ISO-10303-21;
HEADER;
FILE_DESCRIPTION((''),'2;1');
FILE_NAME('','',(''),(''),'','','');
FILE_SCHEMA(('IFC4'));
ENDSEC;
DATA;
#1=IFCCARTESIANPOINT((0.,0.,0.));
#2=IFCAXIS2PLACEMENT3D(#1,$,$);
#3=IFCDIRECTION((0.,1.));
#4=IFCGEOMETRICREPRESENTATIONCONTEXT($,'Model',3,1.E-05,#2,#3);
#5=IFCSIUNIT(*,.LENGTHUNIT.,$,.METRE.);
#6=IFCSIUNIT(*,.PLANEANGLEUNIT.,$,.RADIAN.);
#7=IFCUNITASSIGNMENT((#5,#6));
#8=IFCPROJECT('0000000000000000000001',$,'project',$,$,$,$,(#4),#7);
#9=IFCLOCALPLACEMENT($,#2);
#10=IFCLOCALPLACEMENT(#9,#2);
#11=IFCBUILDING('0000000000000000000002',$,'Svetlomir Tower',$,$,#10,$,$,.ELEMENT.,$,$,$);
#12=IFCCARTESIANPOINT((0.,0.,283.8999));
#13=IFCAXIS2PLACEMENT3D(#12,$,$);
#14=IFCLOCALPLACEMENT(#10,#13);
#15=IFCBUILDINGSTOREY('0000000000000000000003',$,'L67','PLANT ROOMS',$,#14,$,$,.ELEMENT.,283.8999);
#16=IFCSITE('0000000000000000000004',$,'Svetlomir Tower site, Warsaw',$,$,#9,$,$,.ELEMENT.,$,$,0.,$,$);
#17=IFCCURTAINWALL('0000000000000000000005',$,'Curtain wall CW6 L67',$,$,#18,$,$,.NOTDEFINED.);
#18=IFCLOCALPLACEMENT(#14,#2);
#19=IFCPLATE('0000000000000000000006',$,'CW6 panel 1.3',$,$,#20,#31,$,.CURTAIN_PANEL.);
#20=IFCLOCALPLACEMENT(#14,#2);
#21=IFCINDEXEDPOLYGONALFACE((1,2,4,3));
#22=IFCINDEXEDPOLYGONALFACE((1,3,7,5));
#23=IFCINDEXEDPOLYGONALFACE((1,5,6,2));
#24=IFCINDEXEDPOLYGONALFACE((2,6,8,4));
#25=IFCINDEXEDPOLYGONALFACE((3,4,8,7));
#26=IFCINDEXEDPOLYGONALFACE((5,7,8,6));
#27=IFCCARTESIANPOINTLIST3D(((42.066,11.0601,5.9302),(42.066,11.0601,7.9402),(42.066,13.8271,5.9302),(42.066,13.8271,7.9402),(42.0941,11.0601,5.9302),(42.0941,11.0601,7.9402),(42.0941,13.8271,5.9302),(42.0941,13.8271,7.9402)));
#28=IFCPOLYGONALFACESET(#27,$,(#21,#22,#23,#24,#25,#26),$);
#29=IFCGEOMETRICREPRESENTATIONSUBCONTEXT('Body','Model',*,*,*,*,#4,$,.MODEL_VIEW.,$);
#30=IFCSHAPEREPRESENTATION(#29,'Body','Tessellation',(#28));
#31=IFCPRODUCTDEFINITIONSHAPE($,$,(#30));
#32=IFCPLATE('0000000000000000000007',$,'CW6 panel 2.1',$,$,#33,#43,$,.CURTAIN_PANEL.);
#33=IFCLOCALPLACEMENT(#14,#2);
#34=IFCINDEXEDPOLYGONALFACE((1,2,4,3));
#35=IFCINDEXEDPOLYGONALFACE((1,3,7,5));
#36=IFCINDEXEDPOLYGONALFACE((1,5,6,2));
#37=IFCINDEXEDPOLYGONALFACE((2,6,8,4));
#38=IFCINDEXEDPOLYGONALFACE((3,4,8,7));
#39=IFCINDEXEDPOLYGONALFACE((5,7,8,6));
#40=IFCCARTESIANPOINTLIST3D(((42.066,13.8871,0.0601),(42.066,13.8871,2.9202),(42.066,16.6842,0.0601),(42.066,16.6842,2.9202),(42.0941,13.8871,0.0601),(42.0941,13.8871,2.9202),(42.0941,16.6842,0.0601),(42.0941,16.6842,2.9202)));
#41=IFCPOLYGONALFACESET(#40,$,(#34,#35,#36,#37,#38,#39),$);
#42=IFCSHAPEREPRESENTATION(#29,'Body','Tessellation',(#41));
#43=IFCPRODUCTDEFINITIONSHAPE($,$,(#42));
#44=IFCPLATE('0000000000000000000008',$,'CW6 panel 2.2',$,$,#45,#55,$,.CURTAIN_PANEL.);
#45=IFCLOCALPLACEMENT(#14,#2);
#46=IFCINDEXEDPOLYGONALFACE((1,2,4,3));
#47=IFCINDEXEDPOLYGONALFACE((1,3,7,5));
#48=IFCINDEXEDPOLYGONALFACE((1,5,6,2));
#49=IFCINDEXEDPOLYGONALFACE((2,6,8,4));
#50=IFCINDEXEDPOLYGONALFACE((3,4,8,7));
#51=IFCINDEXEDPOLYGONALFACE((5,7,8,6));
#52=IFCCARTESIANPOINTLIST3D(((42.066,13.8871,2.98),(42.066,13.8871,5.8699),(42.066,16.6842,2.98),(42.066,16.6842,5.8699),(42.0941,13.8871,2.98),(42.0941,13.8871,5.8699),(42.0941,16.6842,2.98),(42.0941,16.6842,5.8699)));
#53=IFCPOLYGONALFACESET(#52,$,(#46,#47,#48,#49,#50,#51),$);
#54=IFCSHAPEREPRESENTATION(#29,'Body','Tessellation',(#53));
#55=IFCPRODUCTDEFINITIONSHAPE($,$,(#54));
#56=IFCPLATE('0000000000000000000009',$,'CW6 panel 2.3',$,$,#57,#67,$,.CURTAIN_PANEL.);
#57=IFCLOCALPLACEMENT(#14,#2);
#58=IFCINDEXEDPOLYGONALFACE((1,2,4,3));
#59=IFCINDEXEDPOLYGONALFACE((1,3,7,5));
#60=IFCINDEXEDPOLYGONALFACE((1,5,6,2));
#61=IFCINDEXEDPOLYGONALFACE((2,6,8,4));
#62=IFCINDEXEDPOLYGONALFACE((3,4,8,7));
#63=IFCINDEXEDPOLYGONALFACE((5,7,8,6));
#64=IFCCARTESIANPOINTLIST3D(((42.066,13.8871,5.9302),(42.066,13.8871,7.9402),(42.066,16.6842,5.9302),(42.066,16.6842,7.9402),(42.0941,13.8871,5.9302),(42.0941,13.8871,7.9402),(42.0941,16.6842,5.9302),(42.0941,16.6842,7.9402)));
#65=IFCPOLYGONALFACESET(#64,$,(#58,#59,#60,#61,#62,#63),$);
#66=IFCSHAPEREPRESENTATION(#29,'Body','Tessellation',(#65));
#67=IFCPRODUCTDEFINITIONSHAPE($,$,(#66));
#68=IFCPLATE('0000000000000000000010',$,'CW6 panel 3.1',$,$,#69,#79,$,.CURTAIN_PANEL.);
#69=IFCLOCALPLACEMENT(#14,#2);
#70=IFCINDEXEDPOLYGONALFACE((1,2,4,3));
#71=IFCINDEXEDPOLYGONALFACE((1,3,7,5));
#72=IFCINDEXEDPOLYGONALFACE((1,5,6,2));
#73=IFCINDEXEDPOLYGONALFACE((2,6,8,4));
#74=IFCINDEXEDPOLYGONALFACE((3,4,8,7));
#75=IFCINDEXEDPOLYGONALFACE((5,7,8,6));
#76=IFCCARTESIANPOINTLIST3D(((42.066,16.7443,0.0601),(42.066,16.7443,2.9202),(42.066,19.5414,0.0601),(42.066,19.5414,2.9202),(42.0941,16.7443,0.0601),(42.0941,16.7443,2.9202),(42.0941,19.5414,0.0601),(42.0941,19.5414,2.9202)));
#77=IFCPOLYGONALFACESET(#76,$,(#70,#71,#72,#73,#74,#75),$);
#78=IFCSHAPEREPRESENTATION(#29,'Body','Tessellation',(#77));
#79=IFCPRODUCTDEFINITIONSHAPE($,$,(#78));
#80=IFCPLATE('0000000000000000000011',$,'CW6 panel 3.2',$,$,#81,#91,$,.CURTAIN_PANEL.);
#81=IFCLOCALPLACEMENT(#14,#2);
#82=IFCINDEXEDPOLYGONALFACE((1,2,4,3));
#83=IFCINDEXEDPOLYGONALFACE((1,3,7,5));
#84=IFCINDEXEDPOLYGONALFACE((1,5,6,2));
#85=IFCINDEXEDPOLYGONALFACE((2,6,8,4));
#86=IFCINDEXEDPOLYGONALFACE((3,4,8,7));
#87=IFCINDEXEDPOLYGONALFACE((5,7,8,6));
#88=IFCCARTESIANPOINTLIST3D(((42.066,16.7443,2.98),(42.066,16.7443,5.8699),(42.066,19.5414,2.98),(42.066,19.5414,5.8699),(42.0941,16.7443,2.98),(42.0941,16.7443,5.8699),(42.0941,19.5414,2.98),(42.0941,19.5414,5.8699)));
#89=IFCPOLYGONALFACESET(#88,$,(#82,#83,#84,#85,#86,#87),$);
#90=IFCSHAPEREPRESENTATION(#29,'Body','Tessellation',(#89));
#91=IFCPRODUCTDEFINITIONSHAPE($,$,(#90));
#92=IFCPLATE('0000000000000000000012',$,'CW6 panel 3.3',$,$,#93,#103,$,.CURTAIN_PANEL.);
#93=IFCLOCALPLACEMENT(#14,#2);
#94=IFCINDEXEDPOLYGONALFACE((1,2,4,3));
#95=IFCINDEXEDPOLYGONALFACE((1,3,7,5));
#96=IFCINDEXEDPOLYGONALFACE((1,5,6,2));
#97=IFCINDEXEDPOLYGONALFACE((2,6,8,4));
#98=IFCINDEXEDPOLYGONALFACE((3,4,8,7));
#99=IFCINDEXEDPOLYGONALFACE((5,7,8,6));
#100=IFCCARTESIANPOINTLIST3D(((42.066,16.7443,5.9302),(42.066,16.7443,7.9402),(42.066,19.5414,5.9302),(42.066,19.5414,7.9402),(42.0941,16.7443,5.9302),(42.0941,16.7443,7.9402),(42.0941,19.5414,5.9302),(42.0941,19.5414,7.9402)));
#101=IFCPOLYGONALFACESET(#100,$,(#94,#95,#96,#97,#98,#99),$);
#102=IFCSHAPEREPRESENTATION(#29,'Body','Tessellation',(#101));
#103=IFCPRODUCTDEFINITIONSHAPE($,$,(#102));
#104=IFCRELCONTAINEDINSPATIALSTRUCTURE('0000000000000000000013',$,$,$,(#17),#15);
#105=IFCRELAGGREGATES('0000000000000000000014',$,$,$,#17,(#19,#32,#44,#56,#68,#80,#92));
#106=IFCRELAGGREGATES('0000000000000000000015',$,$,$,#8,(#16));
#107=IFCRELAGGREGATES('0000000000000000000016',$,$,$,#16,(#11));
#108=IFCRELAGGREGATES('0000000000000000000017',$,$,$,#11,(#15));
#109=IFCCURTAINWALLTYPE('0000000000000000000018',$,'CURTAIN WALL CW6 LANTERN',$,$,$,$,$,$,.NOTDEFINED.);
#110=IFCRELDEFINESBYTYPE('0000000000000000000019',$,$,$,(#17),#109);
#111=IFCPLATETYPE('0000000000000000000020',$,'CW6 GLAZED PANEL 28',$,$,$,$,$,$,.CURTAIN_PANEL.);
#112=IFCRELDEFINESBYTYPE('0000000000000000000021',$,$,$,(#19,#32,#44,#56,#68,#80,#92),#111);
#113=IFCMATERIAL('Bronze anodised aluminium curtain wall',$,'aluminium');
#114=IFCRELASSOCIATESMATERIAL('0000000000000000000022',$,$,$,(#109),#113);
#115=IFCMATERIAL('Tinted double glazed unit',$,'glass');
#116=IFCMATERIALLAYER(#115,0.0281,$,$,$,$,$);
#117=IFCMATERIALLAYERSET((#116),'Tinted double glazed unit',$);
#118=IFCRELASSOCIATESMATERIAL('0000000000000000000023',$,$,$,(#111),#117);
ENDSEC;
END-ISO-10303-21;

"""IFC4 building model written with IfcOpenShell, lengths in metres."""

from ifc_helpers import new_model, si_unit, direction, frame, origin, origin_2d, place, context, subcontext, project, spatial, rectangle, extrude, material, layer, layer_set, type_object, element, aggregate, save


model = new_model("IFC4")

# Units and contexts
model_context = context("Model", 3, precision=1e-05, world=origin(), true_north=direction((0.0, 1.0)))
body_context = subcontext(model_context, "Body", "Model", "MODEL_VIEW")
ifc_project = project(units=[si_unit("LENGTHUNIT", "METRE"), si_unit("PLANEANGLEUNIT", "RADIAN")], contexts=[model_context])

# Site, building, storey
site_placement = place(None, origin())
site = spatial("IfcSite", under=ifc_project, at=site_placement, Name="Svetlomir Tower site, Warsaw", CompositionType="ELEMENT", RefElevation=0.0)
building_placement = place(site_placement, origin())
building = spatial("IfcBuilding", under=site, at=building_placement, Name="Svetlomir Tower", CompositionType="ELEMENT")
storey_placement = place(building_placement, frame((0.0, 0.0, 283.8999)))
storey = spatial("IfcBuildingStorey", under=building, at=storey_placement, Name="L67", Description="PLANT ROOMS", CompositionType="ELEMENT", Elevation=283.8999)

# Shared definitions
ifc_material_1 = material(Name="Bronze anodised aluminium curtain wall", Category="aluminium")
curtain_wall_type = type_object("IfcCurtainWallType", Name="CURTAIN WALL CW6 LANTERN", PredefinedType="NOTDEFINED", material=ifc_material_1)

# Curtain wall
curtain_wall_1_placement = place(storey_placement, origin())
curtain_wall_1 = element("IfcCurtainWall", 1, at=curtain_wall_1_placement, inside=storey, type_object=curtain_wall_type, Name="Curtain wall CW6 L67", PredefinedType="NOTDEFINED")

# Plates
ifc_material_2 = material(Name="Tinted double glazed unit", Category="glass")
ifc_layer = layer(ifc_material_2, 0.0281)
ifc_layer_set = layer_set([ifc_layer], Name="Tinted double glazed unit")
plate_type = type_object("IfcPlateType", Name="CW6 GLAZED PANEL 28", PredefinedType="CURTAIN_PANEL", material=ifc_layer_set)
plate_1_placement = place(storey_placement, frame((42.0801, 12.4436, 5.9302), z_axis=(0.0, 0.0, 1.0), x_axis=(0.0, 1.0, 0.0)))
plate_1 = element("IfcPlate", 2, at=plate_1_placement, type_object=plate_type, Name="CW6 panel 1.3", PredefinedType="CURTAIN_PANEL", context=body_context, shape_type="SweptSolid", body=[
    extrude(rectangle(XDim=2.7671, YDim=0.0281, at=origin_2d()), origin(), (0.0, 0.0, 1.0), 2.01),
])
plate_2_placement = place(storey_placement, frame((42.0801, 15.2856, 0.0601), z_axis=(0.0, 0.0, 1.0), x_axis=(0.0, 1.0, 0.0)))
plate_2 = element("IfcPlate", 3, at=plate_2_placement, type_object=plate_type, Name="CW6 panel 2.1", PredefinedType="CURTAIN_PANEL", context=body_context, shape_type="SweptSolid", body=[
    extrude(rectangle(XDim=2.7971, YDim=0.0281, at=origin_2d()), origin(), (0.0, 0.0, 1.0), 2.8601),
])
plate_3_placement = place(storey_placement, frame((42.0801, 15.2856, 2.98), z_axis=(0.0, 0.0, 1.0), x_axis=(0.0, 1.0, 0.0)))
plate_3 = element("IfcPlate", 4, at=plate_3_placement, type_object=plate_type, Name="CW6 panel 2.2", PredefinedType="CURTAIN_PANEL", context=body_context, shape_type="SweptSolid", body=[
    extrude(rectangle(XDim=2.7971, YDim=0.0281, at=origin_2d()), origin(), (0.0, 0.0, 1.0), 2.8899),
])
plate_4_placement = place(storey_placement, frame((42.0801, 15.2856, 5.9302), z_axis=(0.0, 0.0, 1.0), x_axis=(0.0, 1.0, 0.0)))
plate_4 = element("IfcPlate", 5, at=plate_4_placement, type_object=plate_type, Name="CW6 panel 2.3", PredefinedType="CURTAIN_PANEL", context=body_context, shape_type="SweptSolid", body=[
    extrude(rectangle(XDim=2.7971, YDim=0.0281, at=origin_2d()), origin(), (0.0, 0.0, 1.0), 2.01),
])
plate_5_placement = place(storey_placement, frame((42.0801, 18.1428, 0.0601), z_axis=(0.0, 0.0, 1.0), x_axis=(0.0, 1.0, 0.0)))
plate_5 = element("IfcPlate", 6, at=plate_5_placement, type_object=plate_type, Name="CW6 panel 3.1", PredefinedType="CURTAIN_PANEL", context=body_context, shape_type="SweptSolid", body=[
    extrude(rectangle(XDim=2.7971, YDim=0.0281, at=origin_2d()), origin(), (0.0, 0.0, 1.0), 2.8601),
])
plate_6_placement = place(storey_placement, frame((42.0801, 18.1428, 2.98), z_axis=(0.0, 0.0, 1.0), x_axis=(0.0, 1.0, 0.0)))
plate_6 = element("IfcPlate", 7, at=plate_6_placement, type_object=plate_type, Name="CW6 panel 3.2", PredefinedType="CURTAIN_PANEL", context=body_context, shape_type="SweptSolid", body=[
    extrude(rectangle(XDim=2.7971, YDim=0.0281, at=origin_2d()), origin(), (0.0, 0.0, 1.0), 2.8899),
])
plate_7_placement = place(storey_placement, frame((42.0801, 18.1428, 5.9302), z_axis=(0.0, 0.0, 1.0), x_axis=(0.0, 1.0, 0.0)))
plate_7 = element("IfcPlate", 8, at=plate_7_placement, type_object=plate_type, Name="CW6 panel 3.3", PredefinedType="CURTAIN_PANEL", context=body_context, shape_type="SweptSolid", body=[
    extrude(rectangle(XDim=2.7971, YDim=0.0281, at=origin_2d()), origin(), (0.0, 0.0, 1.0), 2.01),
])
aggregate(curtain_wall_1, [plate_1, plate_2, plate_3, plate_4, plate_5, plate_6, plate_7])

save(model, "model.ifc")
